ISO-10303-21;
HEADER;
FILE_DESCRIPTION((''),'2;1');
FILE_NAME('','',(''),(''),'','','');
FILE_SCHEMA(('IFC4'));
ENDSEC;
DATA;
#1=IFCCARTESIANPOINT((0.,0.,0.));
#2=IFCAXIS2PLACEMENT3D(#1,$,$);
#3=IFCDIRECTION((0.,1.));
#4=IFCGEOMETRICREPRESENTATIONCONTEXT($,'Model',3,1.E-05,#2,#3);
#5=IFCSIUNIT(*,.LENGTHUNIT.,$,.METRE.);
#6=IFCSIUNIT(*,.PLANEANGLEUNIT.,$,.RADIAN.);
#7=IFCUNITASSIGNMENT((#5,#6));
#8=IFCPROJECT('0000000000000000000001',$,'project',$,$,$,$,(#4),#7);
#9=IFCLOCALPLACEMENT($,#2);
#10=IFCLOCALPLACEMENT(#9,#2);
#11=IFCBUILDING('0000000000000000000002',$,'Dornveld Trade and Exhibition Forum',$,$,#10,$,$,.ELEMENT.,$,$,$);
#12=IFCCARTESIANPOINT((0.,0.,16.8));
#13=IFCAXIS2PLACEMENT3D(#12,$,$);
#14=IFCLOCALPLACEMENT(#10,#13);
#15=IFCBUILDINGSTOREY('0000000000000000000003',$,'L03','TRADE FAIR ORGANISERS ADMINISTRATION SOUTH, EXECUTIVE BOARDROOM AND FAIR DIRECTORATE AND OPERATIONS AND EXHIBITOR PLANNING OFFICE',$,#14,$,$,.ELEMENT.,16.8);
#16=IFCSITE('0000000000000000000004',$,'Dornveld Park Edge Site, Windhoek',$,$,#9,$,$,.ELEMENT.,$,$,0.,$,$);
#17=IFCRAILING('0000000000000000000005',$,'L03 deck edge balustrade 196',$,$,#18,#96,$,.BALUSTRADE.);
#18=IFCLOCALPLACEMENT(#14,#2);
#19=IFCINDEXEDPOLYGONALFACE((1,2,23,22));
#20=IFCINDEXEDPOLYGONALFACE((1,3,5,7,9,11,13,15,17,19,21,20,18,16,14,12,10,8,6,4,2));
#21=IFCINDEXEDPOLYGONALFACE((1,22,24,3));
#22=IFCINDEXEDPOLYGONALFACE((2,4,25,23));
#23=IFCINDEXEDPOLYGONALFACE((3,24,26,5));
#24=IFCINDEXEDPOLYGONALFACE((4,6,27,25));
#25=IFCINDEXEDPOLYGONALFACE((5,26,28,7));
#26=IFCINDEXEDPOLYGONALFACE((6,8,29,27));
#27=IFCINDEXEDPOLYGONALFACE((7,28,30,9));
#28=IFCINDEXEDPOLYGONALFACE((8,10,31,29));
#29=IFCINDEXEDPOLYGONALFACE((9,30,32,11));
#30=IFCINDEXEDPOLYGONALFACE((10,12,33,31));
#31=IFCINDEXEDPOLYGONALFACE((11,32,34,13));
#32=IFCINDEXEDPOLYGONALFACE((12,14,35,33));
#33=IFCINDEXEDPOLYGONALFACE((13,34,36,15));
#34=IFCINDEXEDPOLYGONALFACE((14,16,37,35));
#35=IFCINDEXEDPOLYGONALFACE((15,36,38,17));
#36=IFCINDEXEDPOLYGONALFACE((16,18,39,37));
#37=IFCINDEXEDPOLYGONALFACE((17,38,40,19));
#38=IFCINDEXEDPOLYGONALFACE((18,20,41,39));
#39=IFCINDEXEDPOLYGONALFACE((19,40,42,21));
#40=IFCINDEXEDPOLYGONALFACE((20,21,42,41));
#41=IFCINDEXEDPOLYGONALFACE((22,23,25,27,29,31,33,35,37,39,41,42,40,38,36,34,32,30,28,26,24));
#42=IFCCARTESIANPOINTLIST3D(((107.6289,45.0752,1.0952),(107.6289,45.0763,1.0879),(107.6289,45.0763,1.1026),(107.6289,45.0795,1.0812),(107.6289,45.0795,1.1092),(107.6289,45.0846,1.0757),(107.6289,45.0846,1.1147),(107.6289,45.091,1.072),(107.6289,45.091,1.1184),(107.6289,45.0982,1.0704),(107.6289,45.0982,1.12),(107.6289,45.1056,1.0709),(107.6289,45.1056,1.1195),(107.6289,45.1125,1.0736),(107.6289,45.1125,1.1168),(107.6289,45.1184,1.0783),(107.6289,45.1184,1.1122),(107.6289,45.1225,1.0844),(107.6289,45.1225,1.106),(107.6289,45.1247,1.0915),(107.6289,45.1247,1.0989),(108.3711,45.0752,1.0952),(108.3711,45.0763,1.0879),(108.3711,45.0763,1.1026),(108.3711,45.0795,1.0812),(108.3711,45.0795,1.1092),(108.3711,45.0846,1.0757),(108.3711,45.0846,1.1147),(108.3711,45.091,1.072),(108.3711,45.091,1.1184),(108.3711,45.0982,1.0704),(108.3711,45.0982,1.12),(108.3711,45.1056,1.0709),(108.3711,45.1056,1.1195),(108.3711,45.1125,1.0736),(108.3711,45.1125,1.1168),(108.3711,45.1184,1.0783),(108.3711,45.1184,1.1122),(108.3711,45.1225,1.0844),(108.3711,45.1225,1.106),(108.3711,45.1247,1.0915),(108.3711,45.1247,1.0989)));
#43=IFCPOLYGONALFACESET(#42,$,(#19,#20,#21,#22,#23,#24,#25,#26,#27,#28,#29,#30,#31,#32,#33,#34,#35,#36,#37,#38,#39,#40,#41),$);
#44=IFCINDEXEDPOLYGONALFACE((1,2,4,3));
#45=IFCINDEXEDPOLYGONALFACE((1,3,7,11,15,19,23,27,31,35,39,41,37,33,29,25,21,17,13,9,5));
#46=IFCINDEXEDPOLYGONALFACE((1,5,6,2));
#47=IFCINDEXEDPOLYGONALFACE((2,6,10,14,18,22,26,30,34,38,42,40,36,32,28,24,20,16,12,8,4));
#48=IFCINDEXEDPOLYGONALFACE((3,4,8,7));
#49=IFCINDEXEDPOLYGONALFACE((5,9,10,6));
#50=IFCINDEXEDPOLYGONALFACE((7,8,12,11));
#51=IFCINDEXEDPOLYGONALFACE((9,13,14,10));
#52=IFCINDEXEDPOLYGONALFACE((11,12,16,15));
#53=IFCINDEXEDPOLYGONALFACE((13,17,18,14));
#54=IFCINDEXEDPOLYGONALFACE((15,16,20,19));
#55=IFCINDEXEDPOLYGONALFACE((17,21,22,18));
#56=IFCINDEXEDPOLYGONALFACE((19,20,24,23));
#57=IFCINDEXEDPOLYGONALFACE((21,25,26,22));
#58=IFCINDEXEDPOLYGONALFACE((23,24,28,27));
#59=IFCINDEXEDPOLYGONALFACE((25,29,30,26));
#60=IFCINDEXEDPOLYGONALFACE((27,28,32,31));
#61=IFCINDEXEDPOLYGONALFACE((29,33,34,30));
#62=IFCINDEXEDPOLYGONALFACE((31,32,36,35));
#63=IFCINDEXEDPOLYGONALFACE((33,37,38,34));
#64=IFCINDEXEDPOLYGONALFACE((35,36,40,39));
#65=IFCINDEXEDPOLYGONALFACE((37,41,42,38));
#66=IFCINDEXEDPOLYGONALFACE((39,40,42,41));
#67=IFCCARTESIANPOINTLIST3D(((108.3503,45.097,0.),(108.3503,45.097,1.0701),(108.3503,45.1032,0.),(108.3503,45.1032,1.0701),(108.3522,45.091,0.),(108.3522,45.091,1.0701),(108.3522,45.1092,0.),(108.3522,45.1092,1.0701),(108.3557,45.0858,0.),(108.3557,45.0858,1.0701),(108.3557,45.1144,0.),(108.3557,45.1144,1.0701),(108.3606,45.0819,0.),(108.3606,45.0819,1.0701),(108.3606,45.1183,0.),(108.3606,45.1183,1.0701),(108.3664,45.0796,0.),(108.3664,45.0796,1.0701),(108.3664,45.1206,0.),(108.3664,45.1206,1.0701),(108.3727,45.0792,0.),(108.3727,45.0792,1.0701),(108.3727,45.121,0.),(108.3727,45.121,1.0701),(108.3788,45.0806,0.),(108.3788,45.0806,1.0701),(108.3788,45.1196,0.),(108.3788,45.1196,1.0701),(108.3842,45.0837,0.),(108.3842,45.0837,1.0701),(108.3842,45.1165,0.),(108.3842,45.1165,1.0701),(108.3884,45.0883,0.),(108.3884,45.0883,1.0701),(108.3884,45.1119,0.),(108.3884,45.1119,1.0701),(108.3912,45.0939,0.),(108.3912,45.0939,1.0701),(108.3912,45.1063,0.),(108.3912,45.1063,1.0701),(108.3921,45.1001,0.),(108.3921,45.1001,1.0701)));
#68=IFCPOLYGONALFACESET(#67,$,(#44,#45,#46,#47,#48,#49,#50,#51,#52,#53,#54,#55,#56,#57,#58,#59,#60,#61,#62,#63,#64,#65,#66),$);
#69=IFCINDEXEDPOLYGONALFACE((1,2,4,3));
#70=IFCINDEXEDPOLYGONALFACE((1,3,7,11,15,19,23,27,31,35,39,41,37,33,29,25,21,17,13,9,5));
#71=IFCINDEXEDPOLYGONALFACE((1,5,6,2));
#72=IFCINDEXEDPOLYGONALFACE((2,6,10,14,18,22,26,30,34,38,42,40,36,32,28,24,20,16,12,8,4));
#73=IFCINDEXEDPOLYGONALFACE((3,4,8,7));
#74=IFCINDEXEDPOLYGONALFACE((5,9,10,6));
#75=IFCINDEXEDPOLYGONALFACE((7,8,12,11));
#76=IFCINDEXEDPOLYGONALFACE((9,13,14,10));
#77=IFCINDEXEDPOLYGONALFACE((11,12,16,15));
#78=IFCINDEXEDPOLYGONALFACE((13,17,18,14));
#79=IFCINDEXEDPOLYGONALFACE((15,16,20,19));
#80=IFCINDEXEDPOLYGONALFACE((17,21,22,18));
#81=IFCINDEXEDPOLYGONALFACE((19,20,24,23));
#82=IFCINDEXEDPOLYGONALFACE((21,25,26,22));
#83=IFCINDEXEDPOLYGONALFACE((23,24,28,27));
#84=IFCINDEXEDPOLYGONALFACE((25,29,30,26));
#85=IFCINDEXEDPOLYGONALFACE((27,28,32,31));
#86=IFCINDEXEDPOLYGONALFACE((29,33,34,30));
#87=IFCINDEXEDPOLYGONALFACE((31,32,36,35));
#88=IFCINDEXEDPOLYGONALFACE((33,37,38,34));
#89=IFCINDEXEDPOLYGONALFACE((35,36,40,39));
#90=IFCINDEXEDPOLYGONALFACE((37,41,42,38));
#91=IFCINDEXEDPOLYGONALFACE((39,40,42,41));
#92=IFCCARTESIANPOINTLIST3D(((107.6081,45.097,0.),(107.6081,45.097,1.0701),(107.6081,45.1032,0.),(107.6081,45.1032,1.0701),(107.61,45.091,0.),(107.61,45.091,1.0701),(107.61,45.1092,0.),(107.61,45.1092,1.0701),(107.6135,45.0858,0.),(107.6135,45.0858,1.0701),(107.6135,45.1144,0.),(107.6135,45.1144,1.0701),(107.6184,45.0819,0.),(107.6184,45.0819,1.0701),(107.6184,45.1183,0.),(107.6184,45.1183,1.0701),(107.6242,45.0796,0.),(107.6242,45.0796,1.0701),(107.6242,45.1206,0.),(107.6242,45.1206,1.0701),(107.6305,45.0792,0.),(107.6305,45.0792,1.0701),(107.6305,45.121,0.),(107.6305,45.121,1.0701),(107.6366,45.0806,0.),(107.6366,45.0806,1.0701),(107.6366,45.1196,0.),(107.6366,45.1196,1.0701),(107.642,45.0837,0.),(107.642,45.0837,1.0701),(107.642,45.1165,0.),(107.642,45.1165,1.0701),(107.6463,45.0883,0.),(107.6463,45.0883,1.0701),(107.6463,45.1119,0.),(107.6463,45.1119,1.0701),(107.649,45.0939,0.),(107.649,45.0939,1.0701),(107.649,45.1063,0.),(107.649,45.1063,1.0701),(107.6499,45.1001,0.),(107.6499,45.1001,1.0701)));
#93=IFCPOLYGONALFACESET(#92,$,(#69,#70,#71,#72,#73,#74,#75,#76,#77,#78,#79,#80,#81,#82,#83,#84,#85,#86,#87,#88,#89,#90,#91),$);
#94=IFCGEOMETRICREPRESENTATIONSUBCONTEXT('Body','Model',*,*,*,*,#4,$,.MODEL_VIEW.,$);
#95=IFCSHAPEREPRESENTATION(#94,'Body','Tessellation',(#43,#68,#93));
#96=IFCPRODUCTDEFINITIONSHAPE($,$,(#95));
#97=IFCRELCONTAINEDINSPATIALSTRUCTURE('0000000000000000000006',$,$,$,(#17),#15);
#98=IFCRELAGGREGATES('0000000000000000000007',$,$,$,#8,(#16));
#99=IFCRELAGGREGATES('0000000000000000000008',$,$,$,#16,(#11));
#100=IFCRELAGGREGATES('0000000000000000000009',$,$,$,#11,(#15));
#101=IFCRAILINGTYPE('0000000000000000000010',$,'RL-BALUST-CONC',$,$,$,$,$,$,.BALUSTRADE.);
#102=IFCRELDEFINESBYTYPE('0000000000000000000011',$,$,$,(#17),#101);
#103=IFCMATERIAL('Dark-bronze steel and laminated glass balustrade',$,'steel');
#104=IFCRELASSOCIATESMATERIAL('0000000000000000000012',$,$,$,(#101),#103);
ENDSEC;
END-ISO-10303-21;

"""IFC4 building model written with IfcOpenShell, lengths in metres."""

from ifc_helpers import new_model, si_unit, direction, frame, origin, origin_2d, place, context, subcontext, project, spatial, circle, extrude, material, type_object, element, save


model = new_model("IFC4")

# Units and contexts
model_context = context("Model", 3, precision=1e-05, world=origin(), true_north=direction((0.0, 1.0)))
body_context = subcontext(model_context, "Body", "Model", "MODEL_VIEW")
ifc_project = project(units=[si_unit("LENGTHUNIT", "METRE"), si_unit("PLANEANGLEUNIT", "RADIAN")], contexts=[model_context])

# Site, building, storey
site_placement = place(None, origin())
site = spatial("IfcSite", under=ifc_project, at=site_placement, Name="Dornveld Park Edge Site, Windhoek", CompositionType="ELEMENT", RefElevation=0.0)
building_placement = place(site_placement, origin())
building = spatial("IfcBuilding", under=site, at=building_placement, Name="Dornveld Trade and Exhibition Forum", CompositionType="ELEMENT")
storey_placement = place(building_placement, frame((0.0, 0.0, 16.8)))
storey = spatial("IfcBuildingStorey", under=building, at=storey_placement, Name="L03", Description="TRADE FAIR ORGANISERS ADMINISTRATION SOUTH, EXECUTIVE BOARDROOM AND FAIR DIRECTORATE AND OPERATIONS AND EXHIBITOR PLANNING OFFICE", CompositionType="ELEMENT", Elevation=16.8)

# Railing
ifc_material_1 = material(Name="Dark-bronze steel and laminated glass balustrade", Category="steel")
railing_type = type_object("IfcRailingType", Name="RL-BALUST-CONC", PredefinedType="BALUSTRADE", material=ifc_material_1)
for number, where, name in (
    (1, (108.3711, 45.1001, 0.0), "L03 deck edge balustrade 196"),
):
    element("IfcRailing", number, at=place(storey_placement, frame(where)), inside=storey, type_object=railing_type, Name=name, PredefinedType="BALUSTRADE", context=body_context, shape_type="SweptSolid", body=[
        extrude(circle(Radius=0.0249, at=origin_2d()), frame((0.0, 0.0, 1.0952), z_axis=(-1.0, 0.0, 0.0), x_axis=(0.0, -1.0, 0.0)), (0.0, 0.0, 1.0), 0.7422),
        extrude(circle(Radius=0.021, at=origin_2d()), origin(), (0.0, 0.0, 1.0), 1.0701),
        extrude(circle(Radius=0.021, at=origin_2d()), frame((-0.7422, 0.0, 0.0)), (0.0, 0.0, 1.0), 1.0701),
    ])

save(model, "model.ifc")
